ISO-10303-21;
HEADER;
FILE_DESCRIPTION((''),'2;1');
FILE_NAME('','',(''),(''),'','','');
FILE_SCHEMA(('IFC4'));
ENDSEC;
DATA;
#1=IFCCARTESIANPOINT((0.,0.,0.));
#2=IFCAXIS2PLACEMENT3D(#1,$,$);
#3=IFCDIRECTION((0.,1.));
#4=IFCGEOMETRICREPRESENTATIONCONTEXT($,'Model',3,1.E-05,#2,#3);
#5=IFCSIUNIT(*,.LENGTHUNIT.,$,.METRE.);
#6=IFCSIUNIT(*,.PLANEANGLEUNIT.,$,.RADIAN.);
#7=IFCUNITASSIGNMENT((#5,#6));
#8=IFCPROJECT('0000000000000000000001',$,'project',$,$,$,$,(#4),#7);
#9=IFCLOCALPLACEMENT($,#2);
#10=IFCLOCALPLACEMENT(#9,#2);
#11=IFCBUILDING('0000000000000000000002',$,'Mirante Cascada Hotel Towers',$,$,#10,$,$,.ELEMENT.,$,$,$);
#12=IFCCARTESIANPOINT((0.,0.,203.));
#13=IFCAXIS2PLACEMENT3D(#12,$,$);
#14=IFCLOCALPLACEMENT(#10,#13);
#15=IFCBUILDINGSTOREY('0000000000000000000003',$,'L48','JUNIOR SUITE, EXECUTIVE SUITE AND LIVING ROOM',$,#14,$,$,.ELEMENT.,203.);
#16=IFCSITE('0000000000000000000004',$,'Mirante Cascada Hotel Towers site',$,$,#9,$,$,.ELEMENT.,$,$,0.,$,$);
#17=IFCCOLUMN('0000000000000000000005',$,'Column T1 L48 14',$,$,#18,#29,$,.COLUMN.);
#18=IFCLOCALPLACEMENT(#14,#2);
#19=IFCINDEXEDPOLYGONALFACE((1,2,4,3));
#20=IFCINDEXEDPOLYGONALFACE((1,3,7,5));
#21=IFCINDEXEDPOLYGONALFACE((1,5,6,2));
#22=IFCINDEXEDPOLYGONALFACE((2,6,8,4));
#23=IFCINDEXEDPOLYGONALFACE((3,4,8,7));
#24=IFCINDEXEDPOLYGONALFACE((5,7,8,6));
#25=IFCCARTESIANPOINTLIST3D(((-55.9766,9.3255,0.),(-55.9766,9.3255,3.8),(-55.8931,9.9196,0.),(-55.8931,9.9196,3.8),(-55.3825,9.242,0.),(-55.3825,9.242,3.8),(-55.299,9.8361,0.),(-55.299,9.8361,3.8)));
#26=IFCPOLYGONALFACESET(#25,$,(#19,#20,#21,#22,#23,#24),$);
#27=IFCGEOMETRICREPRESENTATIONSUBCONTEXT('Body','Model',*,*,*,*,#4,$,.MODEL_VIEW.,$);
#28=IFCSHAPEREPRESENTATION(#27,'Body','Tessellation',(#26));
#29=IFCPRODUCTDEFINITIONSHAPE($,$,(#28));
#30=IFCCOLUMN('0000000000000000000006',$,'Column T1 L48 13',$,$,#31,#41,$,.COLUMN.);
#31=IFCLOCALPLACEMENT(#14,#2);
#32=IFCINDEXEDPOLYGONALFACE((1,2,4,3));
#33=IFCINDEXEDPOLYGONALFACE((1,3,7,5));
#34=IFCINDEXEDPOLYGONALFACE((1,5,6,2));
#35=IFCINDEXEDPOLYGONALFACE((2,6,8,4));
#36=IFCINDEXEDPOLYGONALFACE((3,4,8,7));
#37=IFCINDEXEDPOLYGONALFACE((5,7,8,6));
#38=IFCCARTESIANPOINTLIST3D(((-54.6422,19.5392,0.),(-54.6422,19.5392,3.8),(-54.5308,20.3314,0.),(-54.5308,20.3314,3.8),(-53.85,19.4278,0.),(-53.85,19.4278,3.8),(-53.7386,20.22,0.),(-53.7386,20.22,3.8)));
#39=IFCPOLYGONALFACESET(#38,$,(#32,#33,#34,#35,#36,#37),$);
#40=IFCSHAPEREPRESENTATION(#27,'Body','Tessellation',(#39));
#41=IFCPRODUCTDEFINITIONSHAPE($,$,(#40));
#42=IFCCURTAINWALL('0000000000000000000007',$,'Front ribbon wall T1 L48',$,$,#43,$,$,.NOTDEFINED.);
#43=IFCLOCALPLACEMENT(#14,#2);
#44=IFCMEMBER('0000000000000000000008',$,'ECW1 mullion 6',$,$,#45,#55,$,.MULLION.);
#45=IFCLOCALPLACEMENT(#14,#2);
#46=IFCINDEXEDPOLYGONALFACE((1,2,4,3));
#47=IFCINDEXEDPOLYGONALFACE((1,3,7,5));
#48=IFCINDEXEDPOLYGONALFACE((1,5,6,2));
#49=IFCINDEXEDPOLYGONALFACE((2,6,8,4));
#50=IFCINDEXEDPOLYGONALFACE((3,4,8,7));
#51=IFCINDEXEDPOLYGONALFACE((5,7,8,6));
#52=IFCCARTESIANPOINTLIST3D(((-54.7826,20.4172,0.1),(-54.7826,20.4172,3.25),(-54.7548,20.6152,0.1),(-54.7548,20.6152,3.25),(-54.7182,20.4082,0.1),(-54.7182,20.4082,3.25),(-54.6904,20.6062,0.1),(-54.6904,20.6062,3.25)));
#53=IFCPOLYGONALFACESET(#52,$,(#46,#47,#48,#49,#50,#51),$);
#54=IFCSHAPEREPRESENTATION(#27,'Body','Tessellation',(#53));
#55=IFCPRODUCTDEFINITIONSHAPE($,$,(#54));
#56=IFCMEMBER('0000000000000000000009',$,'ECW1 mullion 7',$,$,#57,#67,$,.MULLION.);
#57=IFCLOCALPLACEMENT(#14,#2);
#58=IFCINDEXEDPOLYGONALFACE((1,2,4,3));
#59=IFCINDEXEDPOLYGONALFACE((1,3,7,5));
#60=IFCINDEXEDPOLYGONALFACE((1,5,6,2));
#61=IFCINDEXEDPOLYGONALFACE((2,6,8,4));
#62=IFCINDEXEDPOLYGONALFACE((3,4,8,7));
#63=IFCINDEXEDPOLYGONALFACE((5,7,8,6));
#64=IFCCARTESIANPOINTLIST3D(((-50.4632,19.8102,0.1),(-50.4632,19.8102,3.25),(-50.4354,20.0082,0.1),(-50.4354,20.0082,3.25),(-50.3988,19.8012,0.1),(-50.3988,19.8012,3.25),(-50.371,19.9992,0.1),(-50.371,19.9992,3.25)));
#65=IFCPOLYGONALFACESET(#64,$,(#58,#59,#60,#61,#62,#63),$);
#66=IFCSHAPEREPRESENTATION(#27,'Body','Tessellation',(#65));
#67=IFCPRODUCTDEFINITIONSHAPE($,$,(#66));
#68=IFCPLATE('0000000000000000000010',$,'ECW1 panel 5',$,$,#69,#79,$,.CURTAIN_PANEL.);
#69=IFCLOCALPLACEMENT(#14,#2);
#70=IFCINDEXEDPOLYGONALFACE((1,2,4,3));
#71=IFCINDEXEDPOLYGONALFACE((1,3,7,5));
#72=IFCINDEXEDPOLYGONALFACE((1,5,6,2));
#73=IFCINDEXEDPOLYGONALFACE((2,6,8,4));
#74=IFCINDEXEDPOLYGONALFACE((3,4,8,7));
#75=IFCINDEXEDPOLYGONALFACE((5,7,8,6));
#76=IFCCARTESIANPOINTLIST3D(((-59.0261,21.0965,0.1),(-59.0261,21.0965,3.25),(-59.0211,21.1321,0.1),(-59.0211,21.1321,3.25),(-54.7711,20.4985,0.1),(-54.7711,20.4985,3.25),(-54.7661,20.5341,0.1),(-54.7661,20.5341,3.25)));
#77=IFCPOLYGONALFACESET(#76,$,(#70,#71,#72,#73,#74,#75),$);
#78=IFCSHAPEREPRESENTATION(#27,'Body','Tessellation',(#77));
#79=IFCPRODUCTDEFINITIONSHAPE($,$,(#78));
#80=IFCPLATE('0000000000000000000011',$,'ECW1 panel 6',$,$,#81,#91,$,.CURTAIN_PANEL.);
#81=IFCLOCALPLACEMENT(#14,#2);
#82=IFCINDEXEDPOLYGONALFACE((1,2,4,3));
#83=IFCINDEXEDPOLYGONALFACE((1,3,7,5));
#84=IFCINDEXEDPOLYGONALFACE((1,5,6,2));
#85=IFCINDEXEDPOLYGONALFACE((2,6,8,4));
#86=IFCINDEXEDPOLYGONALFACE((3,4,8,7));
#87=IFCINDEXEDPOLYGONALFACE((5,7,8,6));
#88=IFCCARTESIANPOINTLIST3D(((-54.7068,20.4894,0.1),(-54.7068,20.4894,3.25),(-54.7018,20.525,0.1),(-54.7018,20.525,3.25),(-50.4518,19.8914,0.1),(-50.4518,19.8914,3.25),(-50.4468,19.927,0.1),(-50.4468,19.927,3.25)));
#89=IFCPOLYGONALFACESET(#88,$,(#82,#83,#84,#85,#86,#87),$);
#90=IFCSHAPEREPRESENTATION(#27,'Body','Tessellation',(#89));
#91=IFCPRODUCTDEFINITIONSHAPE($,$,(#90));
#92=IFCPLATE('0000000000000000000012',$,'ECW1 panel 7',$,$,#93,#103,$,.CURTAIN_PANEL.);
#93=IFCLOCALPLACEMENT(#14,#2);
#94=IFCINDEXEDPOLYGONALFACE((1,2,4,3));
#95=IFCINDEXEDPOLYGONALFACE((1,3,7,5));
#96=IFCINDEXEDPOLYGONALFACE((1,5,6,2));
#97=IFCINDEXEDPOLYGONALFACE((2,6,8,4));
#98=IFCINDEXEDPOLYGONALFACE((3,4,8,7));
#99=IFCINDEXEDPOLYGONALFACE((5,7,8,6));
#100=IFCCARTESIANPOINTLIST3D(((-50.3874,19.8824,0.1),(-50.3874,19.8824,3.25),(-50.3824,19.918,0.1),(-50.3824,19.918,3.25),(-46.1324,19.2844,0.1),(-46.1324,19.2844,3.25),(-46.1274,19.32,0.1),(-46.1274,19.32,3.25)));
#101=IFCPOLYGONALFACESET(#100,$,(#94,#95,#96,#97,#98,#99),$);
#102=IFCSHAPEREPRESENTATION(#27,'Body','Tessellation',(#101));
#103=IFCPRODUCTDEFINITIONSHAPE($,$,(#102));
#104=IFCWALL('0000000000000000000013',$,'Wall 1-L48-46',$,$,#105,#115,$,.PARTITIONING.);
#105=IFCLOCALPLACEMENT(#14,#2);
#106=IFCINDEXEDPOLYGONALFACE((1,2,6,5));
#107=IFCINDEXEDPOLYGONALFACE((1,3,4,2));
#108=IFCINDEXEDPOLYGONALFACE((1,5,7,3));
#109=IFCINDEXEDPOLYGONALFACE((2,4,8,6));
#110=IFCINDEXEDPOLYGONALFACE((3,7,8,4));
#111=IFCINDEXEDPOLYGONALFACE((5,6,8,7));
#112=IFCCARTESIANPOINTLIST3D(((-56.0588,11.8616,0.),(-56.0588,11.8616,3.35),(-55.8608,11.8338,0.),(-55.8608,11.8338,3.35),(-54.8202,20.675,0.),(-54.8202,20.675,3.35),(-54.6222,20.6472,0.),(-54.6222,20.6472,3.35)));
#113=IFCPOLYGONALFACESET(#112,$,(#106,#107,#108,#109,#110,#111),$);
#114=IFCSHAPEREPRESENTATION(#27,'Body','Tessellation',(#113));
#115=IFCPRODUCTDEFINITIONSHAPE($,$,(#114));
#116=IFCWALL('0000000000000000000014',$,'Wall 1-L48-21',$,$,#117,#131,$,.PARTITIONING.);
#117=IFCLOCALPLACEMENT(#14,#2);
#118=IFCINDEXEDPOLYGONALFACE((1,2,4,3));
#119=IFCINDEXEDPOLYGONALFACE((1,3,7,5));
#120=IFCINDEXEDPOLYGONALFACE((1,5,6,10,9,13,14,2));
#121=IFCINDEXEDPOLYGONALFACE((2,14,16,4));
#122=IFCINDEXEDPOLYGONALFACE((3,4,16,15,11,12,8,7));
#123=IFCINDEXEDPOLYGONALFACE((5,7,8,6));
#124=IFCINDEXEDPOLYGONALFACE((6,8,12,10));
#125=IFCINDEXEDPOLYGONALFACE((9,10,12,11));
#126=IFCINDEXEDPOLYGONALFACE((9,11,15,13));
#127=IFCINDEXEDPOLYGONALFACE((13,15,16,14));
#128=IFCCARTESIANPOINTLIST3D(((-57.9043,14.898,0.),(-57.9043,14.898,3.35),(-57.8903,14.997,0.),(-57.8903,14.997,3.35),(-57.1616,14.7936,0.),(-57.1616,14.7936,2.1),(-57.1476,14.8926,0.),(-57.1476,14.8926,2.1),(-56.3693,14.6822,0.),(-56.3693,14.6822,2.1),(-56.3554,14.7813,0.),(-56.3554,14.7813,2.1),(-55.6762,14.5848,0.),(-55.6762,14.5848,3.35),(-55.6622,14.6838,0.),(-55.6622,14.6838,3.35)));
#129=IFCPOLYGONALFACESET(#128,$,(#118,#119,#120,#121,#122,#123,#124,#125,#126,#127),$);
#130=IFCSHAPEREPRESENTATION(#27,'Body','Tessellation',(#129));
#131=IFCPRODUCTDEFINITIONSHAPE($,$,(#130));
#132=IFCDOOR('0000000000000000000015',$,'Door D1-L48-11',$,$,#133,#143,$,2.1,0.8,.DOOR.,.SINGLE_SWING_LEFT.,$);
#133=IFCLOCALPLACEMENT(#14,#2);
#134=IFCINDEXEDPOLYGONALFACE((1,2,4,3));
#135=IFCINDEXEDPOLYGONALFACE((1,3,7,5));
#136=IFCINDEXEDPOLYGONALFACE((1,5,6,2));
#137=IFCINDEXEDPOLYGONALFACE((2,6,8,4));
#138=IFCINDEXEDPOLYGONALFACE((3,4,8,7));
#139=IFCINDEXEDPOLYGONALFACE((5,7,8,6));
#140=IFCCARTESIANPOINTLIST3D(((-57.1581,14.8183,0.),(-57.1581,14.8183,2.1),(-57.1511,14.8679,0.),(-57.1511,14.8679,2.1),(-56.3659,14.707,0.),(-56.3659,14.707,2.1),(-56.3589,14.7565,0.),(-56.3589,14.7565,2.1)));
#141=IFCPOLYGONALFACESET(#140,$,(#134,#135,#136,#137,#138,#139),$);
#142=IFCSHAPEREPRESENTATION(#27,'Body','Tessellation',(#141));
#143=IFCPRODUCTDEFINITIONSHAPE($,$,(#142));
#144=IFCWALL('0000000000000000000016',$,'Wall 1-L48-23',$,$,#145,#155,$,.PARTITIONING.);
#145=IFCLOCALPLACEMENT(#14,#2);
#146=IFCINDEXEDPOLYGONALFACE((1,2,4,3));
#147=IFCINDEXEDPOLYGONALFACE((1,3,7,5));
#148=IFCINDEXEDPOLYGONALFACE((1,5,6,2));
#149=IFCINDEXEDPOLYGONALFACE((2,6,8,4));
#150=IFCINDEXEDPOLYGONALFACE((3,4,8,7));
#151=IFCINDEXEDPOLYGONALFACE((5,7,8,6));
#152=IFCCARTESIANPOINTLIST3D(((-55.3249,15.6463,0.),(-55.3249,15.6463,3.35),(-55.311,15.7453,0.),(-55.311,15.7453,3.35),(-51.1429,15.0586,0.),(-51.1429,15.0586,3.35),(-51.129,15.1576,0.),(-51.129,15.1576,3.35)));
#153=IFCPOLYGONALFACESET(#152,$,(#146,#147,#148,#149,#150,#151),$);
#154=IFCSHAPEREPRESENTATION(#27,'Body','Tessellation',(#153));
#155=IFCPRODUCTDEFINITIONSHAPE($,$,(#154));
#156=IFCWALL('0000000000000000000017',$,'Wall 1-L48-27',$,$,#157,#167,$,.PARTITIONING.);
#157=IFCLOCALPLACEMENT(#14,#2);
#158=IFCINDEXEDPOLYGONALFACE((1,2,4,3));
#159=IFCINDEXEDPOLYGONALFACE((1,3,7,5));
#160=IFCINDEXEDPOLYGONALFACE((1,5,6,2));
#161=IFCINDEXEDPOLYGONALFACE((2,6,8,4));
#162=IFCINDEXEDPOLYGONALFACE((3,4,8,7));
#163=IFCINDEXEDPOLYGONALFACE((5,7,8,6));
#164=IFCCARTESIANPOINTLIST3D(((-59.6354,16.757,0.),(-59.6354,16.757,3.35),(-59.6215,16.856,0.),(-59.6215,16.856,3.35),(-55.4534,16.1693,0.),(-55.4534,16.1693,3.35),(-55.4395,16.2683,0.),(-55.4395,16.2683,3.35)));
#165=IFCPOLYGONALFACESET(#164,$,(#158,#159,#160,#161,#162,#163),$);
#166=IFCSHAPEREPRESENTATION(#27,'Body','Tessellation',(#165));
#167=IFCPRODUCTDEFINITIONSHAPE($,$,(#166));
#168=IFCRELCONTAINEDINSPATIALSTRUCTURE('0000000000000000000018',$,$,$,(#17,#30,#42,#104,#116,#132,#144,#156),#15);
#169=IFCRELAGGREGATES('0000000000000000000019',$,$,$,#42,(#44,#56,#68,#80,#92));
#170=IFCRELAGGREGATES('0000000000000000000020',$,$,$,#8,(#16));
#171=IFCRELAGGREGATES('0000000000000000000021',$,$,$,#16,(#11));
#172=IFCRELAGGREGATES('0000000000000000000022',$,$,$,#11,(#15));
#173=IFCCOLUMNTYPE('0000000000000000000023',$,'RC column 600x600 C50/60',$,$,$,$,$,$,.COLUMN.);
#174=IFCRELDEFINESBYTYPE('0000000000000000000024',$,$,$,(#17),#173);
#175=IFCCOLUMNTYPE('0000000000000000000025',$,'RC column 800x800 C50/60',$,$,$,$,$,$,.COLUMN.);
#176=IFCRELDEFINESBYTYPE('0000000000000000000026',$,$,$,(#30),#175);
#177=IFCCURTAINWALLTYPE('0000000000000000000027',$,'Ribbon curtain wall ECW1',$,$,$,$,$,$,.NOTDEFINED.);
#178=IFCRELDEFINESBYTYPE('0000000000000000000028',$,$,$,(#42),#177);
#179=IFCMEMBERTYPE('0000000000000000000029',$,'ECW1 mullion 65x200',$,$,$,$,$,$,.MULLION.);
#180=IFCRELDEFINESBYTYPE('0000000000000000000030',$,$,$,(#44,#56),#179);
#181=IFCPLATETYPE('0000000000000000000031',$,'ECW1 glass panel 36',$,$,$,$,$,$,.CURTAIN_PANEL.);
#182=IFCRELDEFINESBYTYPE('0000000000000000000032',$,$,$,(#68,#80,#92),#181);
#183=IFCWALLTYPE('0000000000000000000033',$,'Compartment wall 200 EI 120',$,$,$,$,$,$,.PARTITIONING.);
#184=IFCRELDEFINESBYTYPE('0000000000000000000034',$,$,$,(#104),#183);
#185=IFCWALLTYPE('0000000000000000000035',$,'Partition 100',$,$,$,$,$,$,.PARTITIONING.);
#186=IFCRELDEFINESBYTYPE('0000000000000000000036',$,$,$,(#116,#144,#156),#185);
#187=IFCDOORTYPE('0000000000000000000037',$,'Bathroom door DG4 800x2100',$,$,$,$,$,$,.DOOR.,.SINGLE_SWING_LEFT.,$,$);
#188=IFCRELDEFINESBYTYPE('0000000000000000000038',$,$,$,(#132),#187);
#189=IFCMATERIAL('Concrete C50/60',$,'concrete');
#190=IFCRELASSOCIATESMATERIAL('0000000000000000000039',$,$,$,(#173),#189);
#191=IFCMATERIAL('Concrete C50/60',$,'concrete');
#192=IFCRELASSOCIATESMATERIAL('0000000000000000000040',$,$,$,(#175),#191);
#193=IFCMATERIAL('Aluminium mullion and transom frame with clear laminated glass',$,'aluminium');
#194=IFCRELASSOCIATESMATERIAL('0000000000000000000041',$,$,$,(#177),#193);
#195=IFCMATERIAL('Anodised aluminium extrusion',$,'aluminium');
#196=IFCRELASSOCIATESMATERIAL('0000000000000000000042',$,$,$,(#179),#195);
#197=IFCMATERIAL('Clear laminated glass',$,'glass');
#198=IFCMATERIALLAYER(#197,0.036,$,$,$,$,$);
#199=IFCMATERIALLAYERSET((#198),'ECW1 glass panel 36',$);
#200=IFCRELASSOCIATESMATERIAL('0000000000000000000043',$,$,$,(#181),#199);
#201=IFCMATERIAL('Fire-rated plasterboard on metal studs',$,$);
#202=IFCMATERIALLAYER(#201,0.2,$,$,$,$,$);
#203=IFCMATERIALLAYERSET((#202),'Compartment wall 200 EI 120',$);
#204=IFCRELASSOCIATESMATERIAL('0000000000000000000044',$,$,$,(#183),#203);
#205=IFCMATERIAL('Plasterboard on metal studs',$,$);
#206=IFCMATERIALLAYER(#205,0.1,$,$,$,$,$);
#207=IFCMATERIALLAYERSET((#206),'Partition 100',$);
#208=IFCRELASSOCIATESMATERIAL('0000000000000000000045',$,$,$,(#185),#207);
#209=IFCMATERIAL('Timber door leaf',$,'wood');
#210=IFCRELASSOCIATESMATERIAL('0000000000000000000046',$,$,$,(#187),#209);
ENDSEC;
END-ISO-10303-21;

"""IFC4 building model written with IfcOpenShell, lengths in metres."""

from ifc_helpers import new_model, si_unit, direction, frame, frame_2d, origin, origin_2d, place, context, subcontext, project, spatial, rectangle, extrude, material, layer, layer_set, material_profile, profile_set, type_object, element, fill, aggregate, save


model = new_model("IFC4")

# Units and contexts
model_context = context("Model", 3, precision=1e-05, world=origin(), true_north=direction((0.0, 1.0)))
body_context = subcontext(model_context, "Body", "Model", "MODEL_VIEW")
ifc_project = project(units=[si_unit("LENGTHUNIT", "METRE"), si_unit("PLANEANGLEUNIT", "RADIAN")], contexts=[model_context])

# Site, building, storey
site_placement = place(None, origin())
site = spatial("IfcSite", under=ifc_project, at=site_placement, Name="Mirante Cascada Hotel Towers site", CompositionType="ELEMENT", RefElevation=0.0)
building_placement = place(site_placement, origin())
building = spatial("IfcBuilding", under=site, at=building_placement, Name="Mirante Cascada Hotel Towers", CompositionType="ELEMENT")
storey_placement = place(building_placement, frame((0.0, 0.0, 203.0)))
storey = spatial("IfcBuildingStorey", under=building, at=storey_placement, Name="L48", Description="JUNIOR SUITE, EXECUTIVE SUITE AND LIVING ROOM", CompositionType="ELEMENT", Elevation=203.0)

# Columns
ifc_material_1 = material(Name="Concrete C50/60", Category="concrete")
ifc_material_profile_1 = material_profile(ifc_material_1, rectangle(XDim=0.6, YDim=0.6, at=origin_2d()), Name="RC column 600x600 C50/60")
ifc_profile_set_1 = profile_set([ifc_material_profile_1], Name="Concrete C50/60")
column_type_1 = type_object("IfcColumnType", Name="RC column 600x600 C50/60", PredefinedType="COLUMN", material=ifc_profile_set_1)
column_1_placement = place(storey_placement, frame((-55.6378, 9.5808, 0.0), z_axis=(0.0, 0.0, 1.0), x_axis=(-0.990268, 0.139173, 0.0)))
element("IfcColumn", 1, at=column_1_placement, inside=storey, type_object=column_type_1, Name="Column T1 L48 14", PredefinedType="COLUMN", context=body_context, shape_type="SweptSolid", body=[
    extrude(rectangle(XDim=0.6, YDim=0.6, at=origin_2d()), origin(), (0.0, 0.0, 1.0), 3.8),
])
ifc_material_2 = material(Name="Concrete C50/60", Category="concrete")
ifc_material_profile_2 = material_profile(ifc_material_2, rectangle(XDim=0.8, YDim=0.8, at=origin_2d()), Name="RC column 800x800 C50/60")
ifc_profile_set_2 = profile_set([ifc_material_profile_2], Name="Concrete C50/60")
column_type_2 = type_object("IfcColumnType", Name="RC column 800x800 C50/60", PredefinedType="COLUMN", material=ifc_profile_set_2)
column_2_placement = place(storey_placement, frame((-54.1904, 19.8796, 0.0), z_axis=(0.0, 0.0, 1.0), x_axis=(-0.990268, 0.139173, 0.0)))
element("IfcColumn", 2, at=column_2_placement, inside=storey, type_object=column_type_2, Name="Column T1 L48 13", PredefinedType="COLUMN", context=body_context, shape_type="SweptSolid", body=[
    extrude(rectangle(XDim=0.8, YDim=0.8, at=origin_2d()), origin(), (0.0, 0.0, 1.0), 3.8),
])

# Curtain wall, members, plates
ifc_material_3 = material(Name="Aluminium mullion and transom frame with clear laminated glass", Category="aluminium")
curtain_wall_type = type_object("IfcCurtainWallType", Name="Ribbon curtain wall ECW1", PredefinedType="NOTDEFINED", material=ifc_material_3)
curtain_wall_placement = place(storey_placement, origin())
curtain_wall = element("IfcCurtainWall", 3, at=curtain_wall_placement, inside=storey, type_object=curtain_wall_type, Name="Front ribbon wall T1 L48", PredefinedType="NOTDEFINED")
ifc_material_4 = material(Name="Anodised aluminium extrusion", Category="aluminium")
ifc_material_profile_3 = material_profile(ifc_material_4, rectangle(XDim=0.2, YDim=0.065, at=origin_2d()), Name="ECW1 MULLION 65x200")
ifc_profile_set_3 = profile_set([ifc_material_profile_3], Name="Anodised aluminium extrusion")
member_type = type_object("IfcMemberType", Name="ECW1 mullion 65x200", PredefinedType="MULLION", material=ifc_profile_set_3)
member_1_placement = place(storey_placement, frame((-54.7365, 20.5117, 0.1), z_axis=(0.0, 0.0, 1.0), x_axis=(0.139173, 0.990268, 0.0)))
member_1 = element("IfcMember", 4, at=member_1_placement, type_object=member_type, Name="ECW1 mullion 6", PredefinedType="MULLION", context=body_context, shape_type="SweptSolid", body=[
    extrude(rectangle(XDim=0.2, YDim=0.065, at=origin_2d()), origin(), (0.0, 0.0, 1.0), 3.15),
])
member_2_placement = place(storey_placement, frame((-50.4171, 19.9047, 0.1), z_axis=(0.0, 0.0, 1.0), x_axis=(0.139173, 0.990268, 0.0)))
member_2 = element("IfcMember", 5, at=member_2_placement, type_object=member_type, Name="ECW1 mullion 7", PredefinedType="MULLION", context=body_context, shape_type="SweptSolid", body=[
    extrude(rectangle(XDim=0.2, YDim=0.065, at=origin_2d()), origin(), (0.0, 0.0, 1.0), 3.15),
])
ifc_material_5 = material(Name="Clear laminated glass", Category="glass")
ifc_layer_1 = layer(ifc_material_5, 0.036)
ifc_layer_set_1 = layer_set([ifc_layer_1], Name="ECW1 glass panel 36")
plate_type = type_object("IfcPlateType", Name="ECW1 glass panel 36", PredefinedType="CURTAIN_PANEL", material=ifc_layer_set_1)
plate_1_placement = place(storey_placement, frame((-56.8961, 20.8153, 0.1), z_axis=(0.0, 0.0, 1.0), x_axis=(0.990268, -0.139173, 0.0)))
plate_1 = element("IfcPlate", 6, at=plate_1_placement, type_object=plate_type, Name="ECW1 panel 5", PredefinedType="CURTAIN_PANEL", context=body_context, shape_type="SweptSolid", body=[
    extrude(rectangle(XDim=4.2968, YDim=0.036, at=origin_2d()), origin(), (0.0, 0.0, 1.0), 3.15),
])
plate_2_placement = place(storey_placement, frame((-52.5768, 20.2082, 0.1), z_axis=(0.0, 0.0, 1.0), x_axis=(0.990268, -0.139173, 0.0)))
plate_2 = element("IfcPlate", 7, at=plate_2_placement, type_object=plate_type, Name="ECW1 panel 6", PredefinedType="CURTAIN_PANEL", context=body_context, shape_type="SweptSolid", body=[
    extrude(rectangle(XDim=4.2968, YDim=0.036, at=origin_2d()), origin(), (0.0, 0.0, 1.0), 3.15),
])
plate_3_placement = place(storey_placement, frame((-48.2574, 19.6012, 0.1), z_axis=(0.0, 0.0, 1.0), x_axis=(0.990268, -0.139173, 0.0)))
plate_3 = element("IfcPlate", 8, at=plate_3_placement, type_object=plate_type, Name="ECW1 panel 7", PredefinedType="CURTAIN_PANEL", context=body_context, shape_type="SweptSolid", body=[
    extrude(rectangle(XDim=4.2968, YDim=0.036, at=origin_2d()), origin(), (0.0, 0.0, 1.0), 3.15),
])
aggregate(curtain_wall, [member_1, member_2, plate_1, plate_2, plate_3])

# Wall
ifc_material_6 = material(Name="Fire-rated plasterboard on metal studs")
ifc_layer_2 = layer(ifc_material_6, 0.2)
ifc_layer_set_2 = layer_set([ifc_layer_2], Name="Compartment wall 200 EI 120")
wall_type_1 = type_object("IfcWallType", Name="Compartment wall 200 EI 120", PredefinedType="PARTITIONING", material=ifc_layer_set_2)
wall_1_placement = place(storey_placement, frame((-54.7212, 20.6611, 0.0), z_axis=(0.0, 0.0, 1.0), x_axis=(-0.139168, -0.990269, 0.0)))
element("IfcWall", 9, at=wall_1_placement, inside=storey, type_object=wall_type_1, Name="Wall 1-L48-46", PredefinedType="PARTITIONING", context=body_context, shape_type="SweptSolid", body=[
    extrude(rectangle(XDim=8.9, YDim=0.2, at=frame_2d((4.45, 0.0))), origin(), (0.0, 0.0, 1.0), 3.35),
])

# Wall, opening, door
ifc_material_7 = material(Name="Plasterboard on metal studs")
ifc_layer_3 = layer(ifc_material_7, 0.1)
ifc_layer_set_3 = layer_set([ifc_layer_3], Name="Partition 100")
wall_type_2 = type_object("IfcWallType", Name="Partition 100", PredefinedType="PARTITIONING", material=ifc_layer_set_3)
wall_2_placement = place(storey_placement, frame((-55.6692, 14.6343, 0.0), z_axis=(0.0, 0.0, 1.0), x_axis=(-0.990264, 0.1392, 0.0)))
wall_2 = element("IfcWall", 10, at=wall_2_placement, inside=storey, type_object=wall_type_2, Name="Wall 1-L48-21", PredefinedType="PARTITIONING", context=body_context, shape_type="SweptSolid", body=[
    extrude(rectangle(XDim=2.25, YDim=0.1, at=frame_2d((1.125, 0.0))), origin(), (0.0, 0.0, 1.0), 3.35),
])
opening_1_placement = place(wall_2_placement, frame((0.7, 0.0, 0.0)))
opening_1 = element("IfcOpeningElement", 11, at=opening_1_placement, cuts=wall_2, PredefinedType="OPENING", context=body_context, shape_type="SweptSolid", body=[
    extrude(rectangle(XDim=0.8, YDim=2.1, at=frame_2d((0.4, 1.05))), frame((0.0, 0.05, 0.0), z_axis=(0.0, -1.0, 0.0), x_axis=(1.0, 0.0, 0.0)), (0.0, 0.0, 1.0), 0.1),
])
ifc_material_8 = material(Name="Timber door leaf", Category="wood")
door_type_1 = type_object("IfcDoorType", Name="Bathroom door DG4 800x2100", OperationType="SINGLE_SWING_LEFT", PredefinedType="DOOR", material=ifc_material_8)
door_1_placement = place(opening_1_placement, origin())
door_1 = element("IfcDoor", 12, at=door_1_placement, inside=storey, type_object=door_type_1, Name="Door D1-L48-11", OperationType="SINGLE_SWING_LEFT", OverallHeight=2.1, OverallWidth=0.8, PredefinedType="DOOR", context=body_context, shape_type="SweptSolid", body=[
    extrude(rectangle(XDim=0.8, YDim=2.1, at=frame_2d((0.4, 1.05))), frame((0.0, 0.025, 0.0), z_axis=(0.0, -1.0, 0.0), x_axis=(1.0, 0.0, 0.0)), (0.0, 0.0, 1.0), 0.05),
])
fill(opening_1, door_1)

# Walls
for number, where, z_axis, x_axis, name in (
    (13, (-51.136, 15.1081, 0.0), (0.0, 0.0, 1.0), (-0.990269, 0.139163, 0.0), "Wall 1-L48-23"),
    (14, (-55.4465, 16.2188, 0.0), (0.0, 0.0, 1.0), (-0.990269, 0.139163, 0.0), "Wall 1-L48-27"),
):
    element("IfcWall", number, at=place(storey_placement, frame(where, z_axis=z_axis, x_axis=x_axis)), inside=storey, type_object=wall_type_2, Name=name, PredefinedType="PARTITIONING", context=body_context, shape_type="SweptSolid", body=[
        extrude(rectangle(XDim=4.2231, YDim=0.1, at=frame_2d((2.1115, 0.0))), origin(), (0.0, 0.0, 1.0), 3.35),
    ])

save(model, "model.ifc")
